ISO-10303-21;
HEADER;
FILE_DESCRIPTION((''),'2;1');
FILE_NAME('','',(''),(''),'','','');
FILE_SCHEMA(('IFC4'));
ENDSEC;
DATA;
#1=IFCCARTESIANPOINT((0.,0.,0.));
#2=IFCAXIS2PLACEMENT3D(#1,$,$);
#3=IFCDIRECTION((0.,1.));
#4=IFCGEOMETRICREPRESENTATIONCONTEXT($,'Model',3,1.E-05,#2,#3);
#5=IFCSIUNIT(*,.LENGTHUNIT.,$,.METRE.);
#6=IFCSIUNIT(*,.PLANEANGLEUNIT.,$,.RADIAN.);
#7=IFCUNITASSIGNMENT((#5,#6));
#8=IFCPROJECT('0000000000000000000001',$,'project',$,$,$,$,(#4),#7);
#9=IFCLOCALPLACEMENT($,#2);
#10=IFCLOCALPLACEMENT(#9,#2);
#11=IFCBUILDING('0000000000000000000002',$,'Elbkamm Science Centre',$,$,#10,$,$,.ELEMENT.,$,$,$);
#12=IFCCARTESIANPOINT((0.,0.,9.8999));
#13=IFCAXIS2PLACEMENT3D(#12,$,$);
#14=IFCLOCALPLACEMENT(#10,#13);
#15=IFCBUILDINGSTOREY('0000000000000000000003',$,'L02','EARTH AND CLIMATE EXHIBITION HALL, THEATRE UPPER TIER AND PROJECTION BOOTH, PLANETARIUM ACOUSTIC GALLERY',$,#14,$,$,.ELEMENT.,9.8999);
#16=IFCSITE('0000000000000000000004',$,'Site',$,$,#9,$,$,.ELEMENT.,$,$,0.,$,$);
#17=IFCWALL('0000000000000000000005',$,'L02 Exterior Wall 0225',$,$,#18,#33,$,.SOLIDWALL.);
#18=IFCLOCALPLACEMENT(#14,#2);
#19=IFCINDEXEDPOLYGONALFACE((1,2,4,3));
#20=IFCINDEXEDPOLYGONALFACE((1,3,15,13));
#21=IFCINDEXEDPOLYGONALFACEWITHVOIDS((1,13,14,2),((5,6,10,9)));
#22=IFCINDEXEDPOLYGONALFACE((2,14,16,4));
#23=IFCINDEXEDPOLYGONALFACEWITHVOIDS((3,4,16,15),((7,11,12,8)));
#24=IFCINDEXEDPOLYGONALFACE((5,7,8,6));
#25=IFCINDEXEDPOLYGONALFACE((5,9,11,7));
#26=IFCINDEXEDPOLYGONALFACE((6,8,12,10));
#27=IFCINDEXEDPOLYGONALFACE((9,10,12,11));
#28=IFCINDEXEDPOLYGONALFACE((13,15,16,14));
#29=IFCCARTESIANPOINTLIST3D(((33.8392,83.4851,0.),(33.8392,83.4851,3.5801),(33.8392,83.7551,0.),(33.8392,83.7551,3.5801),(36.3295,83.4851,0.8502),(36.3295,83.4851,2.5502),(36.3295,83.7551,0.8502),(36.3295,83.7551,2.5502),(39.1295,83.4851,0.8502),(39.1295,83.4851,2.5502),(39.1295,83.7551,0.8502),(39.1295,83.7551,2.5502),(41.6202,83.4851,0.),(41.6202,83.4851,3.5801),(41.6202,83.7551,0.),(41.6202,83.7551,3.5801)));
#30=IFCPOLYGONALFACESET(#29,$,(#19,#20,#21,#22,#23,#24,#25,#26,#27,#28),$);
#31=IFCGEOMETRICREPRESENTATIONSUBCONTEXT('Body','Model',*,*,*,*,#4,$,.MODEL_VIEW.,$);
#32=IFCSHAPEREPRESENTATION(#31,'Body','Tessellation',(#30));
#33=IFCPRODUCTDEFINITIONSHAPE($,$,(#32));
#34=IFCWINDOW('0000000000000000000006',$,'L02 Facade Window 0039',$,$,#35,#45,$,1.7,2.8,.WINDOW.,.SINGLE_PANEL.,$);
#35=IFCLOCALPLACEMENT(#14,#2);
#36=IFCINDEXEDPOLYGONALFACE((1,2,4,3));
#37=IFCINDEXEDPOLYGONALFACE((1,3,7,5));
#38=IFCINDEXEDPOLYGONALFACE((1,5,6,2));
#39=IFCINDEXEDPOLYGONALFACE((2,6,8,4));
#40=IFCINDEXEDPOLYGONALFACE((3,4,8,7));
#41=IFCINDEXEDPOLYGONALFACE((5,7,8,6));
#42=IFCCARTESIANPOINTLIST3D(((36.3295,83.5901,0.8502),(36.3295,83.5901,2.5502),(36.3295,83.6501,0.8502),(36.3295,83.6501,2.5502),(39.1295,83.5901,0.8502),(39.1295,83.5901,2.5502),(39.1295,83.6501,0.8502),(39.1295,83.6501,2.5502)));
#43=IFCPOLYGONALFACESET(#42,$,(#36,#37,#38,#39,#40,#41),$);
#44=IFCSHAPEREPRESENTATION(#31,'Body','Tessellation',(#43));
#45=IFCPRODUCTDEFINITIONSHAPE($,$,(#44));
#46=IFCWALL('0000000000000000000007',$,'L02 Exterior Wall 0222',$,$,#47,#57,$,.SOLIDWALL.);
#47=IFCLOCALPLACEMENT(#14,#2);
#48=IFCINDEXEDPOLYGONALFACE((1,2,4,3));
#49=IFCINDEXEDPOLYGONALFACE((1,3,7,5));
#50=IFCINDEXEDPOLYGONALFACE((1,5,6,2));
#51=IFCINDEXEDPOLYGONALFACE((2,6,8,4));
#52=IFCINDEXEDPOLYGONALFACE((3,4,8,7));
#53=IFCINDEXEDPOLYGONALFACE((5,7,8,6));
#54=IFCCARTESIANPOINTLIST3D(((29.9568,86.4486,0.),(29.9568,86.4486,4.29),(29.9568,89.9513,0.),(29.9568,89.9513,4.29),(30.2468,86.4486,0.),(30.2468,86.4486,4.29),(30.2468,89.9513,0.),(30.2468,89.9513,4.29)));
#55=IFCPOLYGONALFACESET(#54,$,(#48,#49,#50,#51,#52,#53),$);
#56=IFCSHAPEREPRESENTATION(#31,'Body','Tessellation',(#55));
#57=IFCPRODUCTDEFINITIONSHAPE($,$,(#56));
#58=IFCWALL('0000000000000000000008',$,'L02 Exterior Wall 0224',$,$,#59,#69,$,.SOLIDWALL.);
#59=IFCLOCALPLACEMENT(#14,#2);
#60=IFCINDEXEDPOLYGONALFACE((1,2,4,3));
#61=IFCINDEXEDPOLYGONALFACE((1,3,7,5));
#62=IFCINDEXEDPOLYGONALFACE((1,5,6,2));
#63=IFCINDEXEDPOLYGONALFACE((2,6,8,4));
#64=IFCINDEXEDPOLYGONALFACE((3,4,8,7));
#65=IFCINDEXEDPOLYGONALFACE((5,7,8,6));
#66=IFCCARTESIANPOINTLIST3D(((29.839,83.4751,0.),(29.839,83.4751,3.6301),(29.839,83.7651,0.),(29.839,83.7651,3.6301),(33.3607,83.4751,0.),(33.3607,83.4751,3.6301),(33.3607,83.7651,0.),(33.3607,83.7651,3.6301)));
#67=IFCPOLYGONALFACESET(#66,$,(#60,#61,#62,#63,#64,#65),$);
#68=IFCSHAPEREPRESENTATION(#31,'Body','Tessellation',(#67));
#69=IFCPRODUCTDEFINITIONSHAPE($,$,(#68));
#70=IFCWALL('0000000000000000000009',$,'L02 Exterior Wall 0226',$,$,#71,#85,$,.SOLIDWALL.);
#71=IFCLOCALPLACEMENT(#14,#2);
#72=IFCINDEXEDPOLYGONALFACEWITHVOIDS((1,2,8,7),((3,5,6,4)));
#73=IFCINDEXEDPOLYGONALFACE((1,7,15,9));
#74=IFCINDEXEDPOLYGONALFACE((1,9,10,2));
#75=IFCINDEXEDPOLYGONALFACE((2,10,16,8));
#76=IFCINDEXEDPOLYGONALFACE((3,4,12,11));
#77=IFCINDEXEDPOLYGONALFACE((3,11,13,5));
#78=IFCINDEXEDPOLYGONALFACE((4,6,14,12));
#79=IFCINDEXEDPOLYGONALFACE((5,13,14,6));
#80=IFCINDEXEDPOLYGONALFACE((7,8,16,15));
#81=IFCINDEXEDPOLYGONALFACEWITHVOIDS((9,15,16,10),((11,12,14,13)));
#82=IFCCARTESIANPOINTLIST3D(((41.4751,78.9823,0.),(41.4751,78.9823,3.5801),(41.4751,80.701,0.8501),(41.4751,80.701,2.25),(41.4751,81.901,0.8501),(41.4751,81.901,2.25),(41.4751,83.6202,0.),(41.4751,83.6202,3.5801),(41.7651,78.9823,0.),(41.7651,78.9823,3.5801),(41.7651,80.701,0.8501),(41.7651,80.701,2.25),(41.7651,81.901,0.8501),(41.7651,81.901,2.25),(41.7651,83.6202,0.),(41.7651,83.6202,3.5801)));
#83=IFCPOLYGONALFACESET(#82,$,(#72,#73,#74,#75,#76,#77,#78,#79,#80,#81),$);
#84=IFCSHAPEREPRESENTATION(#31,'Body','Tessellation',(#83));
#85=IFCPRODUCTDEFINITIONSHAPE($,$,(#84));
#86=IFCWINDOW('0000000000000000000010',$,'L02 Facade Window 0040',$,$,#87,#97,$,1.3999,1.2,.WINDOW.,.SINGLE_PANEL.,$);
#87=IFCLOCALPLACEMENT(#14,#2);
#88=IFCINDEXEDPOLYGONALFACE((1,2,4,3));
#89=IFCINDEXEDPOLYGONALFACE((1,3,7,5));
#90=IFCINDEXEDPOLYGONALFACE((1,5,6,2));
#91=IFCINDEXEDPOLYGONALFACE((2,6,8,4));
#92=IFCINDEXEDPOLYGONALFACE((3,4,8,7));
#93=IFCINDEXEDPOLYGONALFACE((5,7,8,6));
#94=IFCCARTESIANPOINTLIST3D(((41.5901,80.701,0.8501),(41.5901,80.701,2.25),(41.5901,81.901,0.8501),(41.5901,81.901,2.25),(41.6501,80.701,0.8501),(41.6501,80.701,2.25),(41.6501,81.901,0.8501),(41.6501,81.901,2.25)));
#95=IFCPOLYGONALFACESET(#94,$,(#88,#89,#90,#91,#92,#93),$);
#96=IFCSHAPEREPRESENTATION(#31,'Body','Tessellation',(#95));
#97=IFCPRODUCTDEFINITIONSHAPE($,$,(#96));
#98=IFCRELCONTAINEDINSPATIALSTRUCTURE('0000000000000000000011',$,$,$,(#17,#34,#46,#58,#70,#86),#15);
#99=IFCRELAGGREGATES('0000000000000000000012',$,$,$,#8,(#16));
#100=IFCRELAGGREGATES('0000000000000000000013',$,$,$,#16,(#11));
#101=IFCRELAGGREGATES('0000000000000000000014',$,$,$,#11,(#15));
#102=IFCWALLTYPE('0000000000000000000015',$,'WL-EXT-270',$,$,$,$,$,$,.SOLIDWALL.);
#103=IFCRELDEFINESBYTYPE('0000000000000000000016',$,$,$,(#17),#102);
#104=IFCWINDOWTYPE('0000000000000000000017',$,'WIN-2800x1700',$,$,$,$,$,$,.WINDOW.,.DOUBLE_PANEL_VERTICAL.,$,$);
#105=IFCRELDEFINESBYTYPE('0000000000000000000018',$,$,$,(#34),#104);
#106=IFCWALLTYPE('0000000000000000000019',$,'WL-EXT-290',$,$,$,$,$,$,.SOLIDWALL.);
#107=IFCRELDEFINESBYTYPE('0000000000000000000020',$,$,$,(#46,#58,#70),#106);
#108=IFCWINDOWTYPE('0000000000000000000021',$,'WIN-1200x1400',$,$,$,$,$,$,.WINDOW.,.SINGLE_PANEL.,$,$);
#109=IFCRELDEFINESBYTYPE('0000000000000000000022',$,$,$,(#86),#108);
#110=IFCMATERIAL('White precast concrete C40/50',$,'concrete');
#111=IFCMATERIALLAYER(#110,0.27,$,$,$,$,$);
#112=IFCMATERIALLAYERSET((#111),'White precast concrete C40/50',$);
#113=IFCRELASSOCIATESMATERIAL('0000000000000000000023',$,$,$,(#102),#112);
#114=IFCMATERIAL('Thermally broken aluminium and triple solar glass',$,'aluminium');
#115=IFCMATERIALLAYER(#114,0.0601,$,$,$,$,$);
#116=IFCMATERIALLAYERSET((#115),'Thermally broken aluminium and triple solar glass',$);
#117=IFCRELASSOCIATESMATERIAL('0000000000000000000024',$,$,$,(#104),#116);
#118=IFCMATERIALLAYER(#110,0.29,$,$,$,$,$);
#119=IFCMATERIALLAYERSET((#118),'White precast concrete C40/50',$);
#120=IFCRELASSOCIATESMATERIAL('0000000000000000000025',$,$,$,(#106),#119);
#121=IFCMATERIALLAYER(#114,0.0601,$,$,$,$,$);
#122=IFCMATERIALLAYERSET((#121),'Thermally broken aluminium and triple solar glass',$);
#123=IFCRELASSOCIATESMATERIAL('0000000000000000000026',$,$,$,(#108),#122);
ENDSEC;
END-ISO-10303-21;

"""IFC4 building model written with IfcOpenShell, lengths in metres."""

from ifc_helpers import new_model, si_unit, direction, frame, frame_2d, origin, place, context, subcontext, project, spatial, rectangle, extrude, material, layer, layer_set, type_object, element, fill, save


model = new_model("IFC4")

# Units and contexts
model_context = context("Model", 3, precision=1e-05, world=origin(), true_north=direction((0.0, 1.0)))
body_context = subcontext(model_context, "Body", "Model", "MODEL_VIEW")
ifc_project = project(units=[si_unit("LENGTHUNIT", "METRE"), si_unit("PLANEANGLEUNIT", "RADIAN")], contexts=[model_context])

# Site, building, storey
site_placement = place(None, origin())
site = spatial("IfcSite", under=ifc_project, at=site_placement, Name="Site", CompositionType="ELEMENT", RefElevation=0.0)
building_placement = place(site_placement, origin())
building = spatial("IfcBuilding", under=site, at=building_placement, Name="Elbkamm Science Centre", CompositionType="ELEMENT")
storey_placement = place(building_placement, frame((0.0, 0.0, 9.8999)))
storey = spatial("IfcBuildingStorey", under=building, at=storey_placement, Name="L02", Description="EARTH AND CLIMATE EXHIBITION HALL, THEATRE UPPER TIER AND PROJECTION BOOTH, PLANETARIUM ACOUSTIC GALLERY", CompositionType="ELEMENT", Elevation=9.8999)

# Shared definitions
ifc_material_1 = material(Name="White precast concrete C40/50", Category="concrete")
ifc_layer_1 = layer(ifc_material_1, 0.27)
ifc_layer_set_1 = layer_set([ifc_layer_1], Name="White precast concrete C40/50")
wall_type_1 = type_object("IfcWallType", Name="WL-EXT-270", PredefinedType="SOLIDWALL", material=ifc_layer_set_1)

# Wall, opening, window
wall_1_placement = place(storey_placement, frame((33.8391, 83.6201, 0.0), z_axis=(0.0, 0.0, 1.0), x_axis=(1.0, 0.0, 0.0)))
wall_1 = element("IfcWall", 1, at=wall_1_placement, inside=storey, type_object=wall_type_1, Name="L02 Exterior Wall 0225", PredefinedType="SOLIDWALL", context=body_context, shape_type="SweptSolid", body=[
    extrude(rectangle(XDim=7.781, YDim=0.27, at=frame_2d((3.8906, 0.0))), origin(), (0.0, 0.0, 1.0), 3.5801),
])
opening_1_placement = place(wall_1_placement, frame((2.4905, 0.0, 0.8501)))
opening_1 = element("IfcOpeningElement", 2, at=opening_1_placement, cuts=wall_1, PredefinedType="OPENING", context=body_context, shape_type="SweptSolid", body=[
    extrude(rectangle(XDim=2.8, YDim=1.7, at=frame_2d((1.3999, 0.8501))), frame((0.0, 0.147, 0.0), z_axis=(0.0, -1.0, 0.0), x_axis=(1.0, 0.0, 0.0)), (0.0, 0.0, 1.0), 0.2939),
])
ifc_material_2 = material(Name="Thermally broken aluminium and triple solar glass", Category="aluminium")
ifc_layer_2 = layer(ifc_material_2, 0.0601)
ifc_layer_set_2 = layer_set([ifc_layer_2], Name="Thermally broken aluminium and triple solar glass")
window_type_1 = type_object("IfcWindowType", Name="WIN-2800x1700", PartitioningType="DOUBLE_PANEL_VERTICAL", PredefinedType="WINDOW", material=ifc_layer_set_2)
window_1_placement = place(opening_1_placement, origin())
window_1 = element("IfcWindow", 3, at=window_1_placement, inside=storey, type_object=window_type_1, Name="L02 Facade Window 0039", OverallHeight=1.7, OverallWidth=2.8, PartitioningType="SINGLE_PANEL", PredefinedType="WINDOW", context=body_context, shape_type="SweptSolid", body=[
    extrude(rectangle(XDim=2.8, YDim=1.7, at=frame_2d((1.3999, 0.8501))), frame((0.0, 0.03, 0.0), z_axis=(0.0, -1.0, 0.0), x_axis=(1.0, 0.0, 0.0)), (0.0, 0.0, 1.0), 0.0601),
])
fill(opening_1, window_1)

# Walls
ifc_layer_3 = layer(ifc_material_1, 0.29)
ifc_layer_set_3 = layer_set([ifc_layer_3], Name="White precast concrete C40/50")
wall_type_2 = type_object("IfcWallType", Name="WL-EXT-290", PredefinedType="SOLIDWALL", material=ifc_layer_set_3)
wall_2_placement = place(storey_placement, frame((30.1018, 89.9514, 0.0), z_axis=(0.0, 0.0, 1.0), x_axis=(0.0, -1.0, 0.0)))
element("IfcWall", 4, at=wall_2_placement, inside=storey, type_object=wall_type_2, Name="L02 Exterior Wall 0222", PredefinedType="SOLIDWALL", context=body_context, shape_type="SweptSolid", body=[
    extrude(rectangle(XDim=3.5027, YDim=0.29, at=frame_2d((1.7515, 0.0))), origin(), (0.0, 0.0, 1.0), 4.29),
])
wall_3_placement = place(storey_placement, frame((29.8391, 83.6201, 0.0), z_axis=(0.0, 0.0, 1.0), x_axis=(1.0, 0.0, 0.0)))
element("IfcWall", 5, at=wall_3_placement, inside=storey, type_object=wall_type_2, Name="L02 Exterior Wall 0224", PredefinedType="SOLIDWALL", context=body_context, shape_type="SweptSolid", body=[
    extrude(rectangle(XDim=3.5217, YDim=0.29, at=frame_2d((1.7607, 0.0))), origin(), (0.0, 0.0, 1.0), 3.6301),
])

# Wall, opening, window
wall_4_placement = place(storey_placement, frame((41.6201, 83.6201, 0.0), z_axis=(0.0, 0.0, 1.0), x_axis=(0.0, -1.0, 0.0)))
wall_4 = element("IfcWall", 6, at=wall_4_placement, inside=storey, type_object=wall_type_2, Name="L02 Exterior Wall 0226", PredefinedType="SOLIDWALL", context=body_context, shape_type="SweptSolid", body=[
    extrude(rectangle(XDim=4.6379, YDim=0.29, at=frame_2d((2.3188, 0.0))), origin(), (0.0, 0.0, 1.0), 3.5801),
])
opening_2_placement = place(wall_4_placement, frame((1.719, 0.0, 0.8501)))
opening_2 = element("IfcOpeningElement", 7, at=opening_2_placement, cuts=wall_4, PredefinedType="OPENING", context=body_context, shape_type="SweptSolid", body=[
    extrude(rectangle(XDim=1.2, YDim=1.3999, at=frame_2d((0.6001, 0.7))), frame((0.0, 0.157, 0.0), z_axis=(0.0, -1.0, 0.0), x_axis=(1.0, 0.0, 0.0)), (0.0, 0.0, 1.0), 0.314),
])
ifc_layer_4 = layer(ifc_material_2, 0.0601)
ifc_layer_set_4 = layer_set([ifc_layer_4], Name="Thermally broken aluminium and triple solar glass")
window_type_2 = type_object("IfcWindowType", Name="WIN-1200x1400", PartitioningType="SINGLE_PANEL", PredefinedType="WINDOW", material=ifc_layer_set_4)
window_2_placement = place(opening_2_placement, origin())
window_2 = element("IfcWindow", 8, at=window_2_placement, inside=storey, type_object=window_type_2, Name="L02 Facade Window 0040", OverallHeight=1.3999, OverallWidth=1.2, PartitioningType="SINGLE_PANEL", PredefinedType="WINDOW", context=body_context, shape_type="SweptSolid", body=[
    extrude(rectangle(XDim=1.2, YDim=1.3999, at=frame_2d((0.6001, 0.7))), frame((0.0, 0.03, 0.0), z_axis=(0.0, -1.0, 0.0), x_axis=(1.0, 0.0, 0.0)), (0.0, 0.0, 1.0), 0.0601),
])
fill(opening_2, window_2)

save(model, "model.ifc")
